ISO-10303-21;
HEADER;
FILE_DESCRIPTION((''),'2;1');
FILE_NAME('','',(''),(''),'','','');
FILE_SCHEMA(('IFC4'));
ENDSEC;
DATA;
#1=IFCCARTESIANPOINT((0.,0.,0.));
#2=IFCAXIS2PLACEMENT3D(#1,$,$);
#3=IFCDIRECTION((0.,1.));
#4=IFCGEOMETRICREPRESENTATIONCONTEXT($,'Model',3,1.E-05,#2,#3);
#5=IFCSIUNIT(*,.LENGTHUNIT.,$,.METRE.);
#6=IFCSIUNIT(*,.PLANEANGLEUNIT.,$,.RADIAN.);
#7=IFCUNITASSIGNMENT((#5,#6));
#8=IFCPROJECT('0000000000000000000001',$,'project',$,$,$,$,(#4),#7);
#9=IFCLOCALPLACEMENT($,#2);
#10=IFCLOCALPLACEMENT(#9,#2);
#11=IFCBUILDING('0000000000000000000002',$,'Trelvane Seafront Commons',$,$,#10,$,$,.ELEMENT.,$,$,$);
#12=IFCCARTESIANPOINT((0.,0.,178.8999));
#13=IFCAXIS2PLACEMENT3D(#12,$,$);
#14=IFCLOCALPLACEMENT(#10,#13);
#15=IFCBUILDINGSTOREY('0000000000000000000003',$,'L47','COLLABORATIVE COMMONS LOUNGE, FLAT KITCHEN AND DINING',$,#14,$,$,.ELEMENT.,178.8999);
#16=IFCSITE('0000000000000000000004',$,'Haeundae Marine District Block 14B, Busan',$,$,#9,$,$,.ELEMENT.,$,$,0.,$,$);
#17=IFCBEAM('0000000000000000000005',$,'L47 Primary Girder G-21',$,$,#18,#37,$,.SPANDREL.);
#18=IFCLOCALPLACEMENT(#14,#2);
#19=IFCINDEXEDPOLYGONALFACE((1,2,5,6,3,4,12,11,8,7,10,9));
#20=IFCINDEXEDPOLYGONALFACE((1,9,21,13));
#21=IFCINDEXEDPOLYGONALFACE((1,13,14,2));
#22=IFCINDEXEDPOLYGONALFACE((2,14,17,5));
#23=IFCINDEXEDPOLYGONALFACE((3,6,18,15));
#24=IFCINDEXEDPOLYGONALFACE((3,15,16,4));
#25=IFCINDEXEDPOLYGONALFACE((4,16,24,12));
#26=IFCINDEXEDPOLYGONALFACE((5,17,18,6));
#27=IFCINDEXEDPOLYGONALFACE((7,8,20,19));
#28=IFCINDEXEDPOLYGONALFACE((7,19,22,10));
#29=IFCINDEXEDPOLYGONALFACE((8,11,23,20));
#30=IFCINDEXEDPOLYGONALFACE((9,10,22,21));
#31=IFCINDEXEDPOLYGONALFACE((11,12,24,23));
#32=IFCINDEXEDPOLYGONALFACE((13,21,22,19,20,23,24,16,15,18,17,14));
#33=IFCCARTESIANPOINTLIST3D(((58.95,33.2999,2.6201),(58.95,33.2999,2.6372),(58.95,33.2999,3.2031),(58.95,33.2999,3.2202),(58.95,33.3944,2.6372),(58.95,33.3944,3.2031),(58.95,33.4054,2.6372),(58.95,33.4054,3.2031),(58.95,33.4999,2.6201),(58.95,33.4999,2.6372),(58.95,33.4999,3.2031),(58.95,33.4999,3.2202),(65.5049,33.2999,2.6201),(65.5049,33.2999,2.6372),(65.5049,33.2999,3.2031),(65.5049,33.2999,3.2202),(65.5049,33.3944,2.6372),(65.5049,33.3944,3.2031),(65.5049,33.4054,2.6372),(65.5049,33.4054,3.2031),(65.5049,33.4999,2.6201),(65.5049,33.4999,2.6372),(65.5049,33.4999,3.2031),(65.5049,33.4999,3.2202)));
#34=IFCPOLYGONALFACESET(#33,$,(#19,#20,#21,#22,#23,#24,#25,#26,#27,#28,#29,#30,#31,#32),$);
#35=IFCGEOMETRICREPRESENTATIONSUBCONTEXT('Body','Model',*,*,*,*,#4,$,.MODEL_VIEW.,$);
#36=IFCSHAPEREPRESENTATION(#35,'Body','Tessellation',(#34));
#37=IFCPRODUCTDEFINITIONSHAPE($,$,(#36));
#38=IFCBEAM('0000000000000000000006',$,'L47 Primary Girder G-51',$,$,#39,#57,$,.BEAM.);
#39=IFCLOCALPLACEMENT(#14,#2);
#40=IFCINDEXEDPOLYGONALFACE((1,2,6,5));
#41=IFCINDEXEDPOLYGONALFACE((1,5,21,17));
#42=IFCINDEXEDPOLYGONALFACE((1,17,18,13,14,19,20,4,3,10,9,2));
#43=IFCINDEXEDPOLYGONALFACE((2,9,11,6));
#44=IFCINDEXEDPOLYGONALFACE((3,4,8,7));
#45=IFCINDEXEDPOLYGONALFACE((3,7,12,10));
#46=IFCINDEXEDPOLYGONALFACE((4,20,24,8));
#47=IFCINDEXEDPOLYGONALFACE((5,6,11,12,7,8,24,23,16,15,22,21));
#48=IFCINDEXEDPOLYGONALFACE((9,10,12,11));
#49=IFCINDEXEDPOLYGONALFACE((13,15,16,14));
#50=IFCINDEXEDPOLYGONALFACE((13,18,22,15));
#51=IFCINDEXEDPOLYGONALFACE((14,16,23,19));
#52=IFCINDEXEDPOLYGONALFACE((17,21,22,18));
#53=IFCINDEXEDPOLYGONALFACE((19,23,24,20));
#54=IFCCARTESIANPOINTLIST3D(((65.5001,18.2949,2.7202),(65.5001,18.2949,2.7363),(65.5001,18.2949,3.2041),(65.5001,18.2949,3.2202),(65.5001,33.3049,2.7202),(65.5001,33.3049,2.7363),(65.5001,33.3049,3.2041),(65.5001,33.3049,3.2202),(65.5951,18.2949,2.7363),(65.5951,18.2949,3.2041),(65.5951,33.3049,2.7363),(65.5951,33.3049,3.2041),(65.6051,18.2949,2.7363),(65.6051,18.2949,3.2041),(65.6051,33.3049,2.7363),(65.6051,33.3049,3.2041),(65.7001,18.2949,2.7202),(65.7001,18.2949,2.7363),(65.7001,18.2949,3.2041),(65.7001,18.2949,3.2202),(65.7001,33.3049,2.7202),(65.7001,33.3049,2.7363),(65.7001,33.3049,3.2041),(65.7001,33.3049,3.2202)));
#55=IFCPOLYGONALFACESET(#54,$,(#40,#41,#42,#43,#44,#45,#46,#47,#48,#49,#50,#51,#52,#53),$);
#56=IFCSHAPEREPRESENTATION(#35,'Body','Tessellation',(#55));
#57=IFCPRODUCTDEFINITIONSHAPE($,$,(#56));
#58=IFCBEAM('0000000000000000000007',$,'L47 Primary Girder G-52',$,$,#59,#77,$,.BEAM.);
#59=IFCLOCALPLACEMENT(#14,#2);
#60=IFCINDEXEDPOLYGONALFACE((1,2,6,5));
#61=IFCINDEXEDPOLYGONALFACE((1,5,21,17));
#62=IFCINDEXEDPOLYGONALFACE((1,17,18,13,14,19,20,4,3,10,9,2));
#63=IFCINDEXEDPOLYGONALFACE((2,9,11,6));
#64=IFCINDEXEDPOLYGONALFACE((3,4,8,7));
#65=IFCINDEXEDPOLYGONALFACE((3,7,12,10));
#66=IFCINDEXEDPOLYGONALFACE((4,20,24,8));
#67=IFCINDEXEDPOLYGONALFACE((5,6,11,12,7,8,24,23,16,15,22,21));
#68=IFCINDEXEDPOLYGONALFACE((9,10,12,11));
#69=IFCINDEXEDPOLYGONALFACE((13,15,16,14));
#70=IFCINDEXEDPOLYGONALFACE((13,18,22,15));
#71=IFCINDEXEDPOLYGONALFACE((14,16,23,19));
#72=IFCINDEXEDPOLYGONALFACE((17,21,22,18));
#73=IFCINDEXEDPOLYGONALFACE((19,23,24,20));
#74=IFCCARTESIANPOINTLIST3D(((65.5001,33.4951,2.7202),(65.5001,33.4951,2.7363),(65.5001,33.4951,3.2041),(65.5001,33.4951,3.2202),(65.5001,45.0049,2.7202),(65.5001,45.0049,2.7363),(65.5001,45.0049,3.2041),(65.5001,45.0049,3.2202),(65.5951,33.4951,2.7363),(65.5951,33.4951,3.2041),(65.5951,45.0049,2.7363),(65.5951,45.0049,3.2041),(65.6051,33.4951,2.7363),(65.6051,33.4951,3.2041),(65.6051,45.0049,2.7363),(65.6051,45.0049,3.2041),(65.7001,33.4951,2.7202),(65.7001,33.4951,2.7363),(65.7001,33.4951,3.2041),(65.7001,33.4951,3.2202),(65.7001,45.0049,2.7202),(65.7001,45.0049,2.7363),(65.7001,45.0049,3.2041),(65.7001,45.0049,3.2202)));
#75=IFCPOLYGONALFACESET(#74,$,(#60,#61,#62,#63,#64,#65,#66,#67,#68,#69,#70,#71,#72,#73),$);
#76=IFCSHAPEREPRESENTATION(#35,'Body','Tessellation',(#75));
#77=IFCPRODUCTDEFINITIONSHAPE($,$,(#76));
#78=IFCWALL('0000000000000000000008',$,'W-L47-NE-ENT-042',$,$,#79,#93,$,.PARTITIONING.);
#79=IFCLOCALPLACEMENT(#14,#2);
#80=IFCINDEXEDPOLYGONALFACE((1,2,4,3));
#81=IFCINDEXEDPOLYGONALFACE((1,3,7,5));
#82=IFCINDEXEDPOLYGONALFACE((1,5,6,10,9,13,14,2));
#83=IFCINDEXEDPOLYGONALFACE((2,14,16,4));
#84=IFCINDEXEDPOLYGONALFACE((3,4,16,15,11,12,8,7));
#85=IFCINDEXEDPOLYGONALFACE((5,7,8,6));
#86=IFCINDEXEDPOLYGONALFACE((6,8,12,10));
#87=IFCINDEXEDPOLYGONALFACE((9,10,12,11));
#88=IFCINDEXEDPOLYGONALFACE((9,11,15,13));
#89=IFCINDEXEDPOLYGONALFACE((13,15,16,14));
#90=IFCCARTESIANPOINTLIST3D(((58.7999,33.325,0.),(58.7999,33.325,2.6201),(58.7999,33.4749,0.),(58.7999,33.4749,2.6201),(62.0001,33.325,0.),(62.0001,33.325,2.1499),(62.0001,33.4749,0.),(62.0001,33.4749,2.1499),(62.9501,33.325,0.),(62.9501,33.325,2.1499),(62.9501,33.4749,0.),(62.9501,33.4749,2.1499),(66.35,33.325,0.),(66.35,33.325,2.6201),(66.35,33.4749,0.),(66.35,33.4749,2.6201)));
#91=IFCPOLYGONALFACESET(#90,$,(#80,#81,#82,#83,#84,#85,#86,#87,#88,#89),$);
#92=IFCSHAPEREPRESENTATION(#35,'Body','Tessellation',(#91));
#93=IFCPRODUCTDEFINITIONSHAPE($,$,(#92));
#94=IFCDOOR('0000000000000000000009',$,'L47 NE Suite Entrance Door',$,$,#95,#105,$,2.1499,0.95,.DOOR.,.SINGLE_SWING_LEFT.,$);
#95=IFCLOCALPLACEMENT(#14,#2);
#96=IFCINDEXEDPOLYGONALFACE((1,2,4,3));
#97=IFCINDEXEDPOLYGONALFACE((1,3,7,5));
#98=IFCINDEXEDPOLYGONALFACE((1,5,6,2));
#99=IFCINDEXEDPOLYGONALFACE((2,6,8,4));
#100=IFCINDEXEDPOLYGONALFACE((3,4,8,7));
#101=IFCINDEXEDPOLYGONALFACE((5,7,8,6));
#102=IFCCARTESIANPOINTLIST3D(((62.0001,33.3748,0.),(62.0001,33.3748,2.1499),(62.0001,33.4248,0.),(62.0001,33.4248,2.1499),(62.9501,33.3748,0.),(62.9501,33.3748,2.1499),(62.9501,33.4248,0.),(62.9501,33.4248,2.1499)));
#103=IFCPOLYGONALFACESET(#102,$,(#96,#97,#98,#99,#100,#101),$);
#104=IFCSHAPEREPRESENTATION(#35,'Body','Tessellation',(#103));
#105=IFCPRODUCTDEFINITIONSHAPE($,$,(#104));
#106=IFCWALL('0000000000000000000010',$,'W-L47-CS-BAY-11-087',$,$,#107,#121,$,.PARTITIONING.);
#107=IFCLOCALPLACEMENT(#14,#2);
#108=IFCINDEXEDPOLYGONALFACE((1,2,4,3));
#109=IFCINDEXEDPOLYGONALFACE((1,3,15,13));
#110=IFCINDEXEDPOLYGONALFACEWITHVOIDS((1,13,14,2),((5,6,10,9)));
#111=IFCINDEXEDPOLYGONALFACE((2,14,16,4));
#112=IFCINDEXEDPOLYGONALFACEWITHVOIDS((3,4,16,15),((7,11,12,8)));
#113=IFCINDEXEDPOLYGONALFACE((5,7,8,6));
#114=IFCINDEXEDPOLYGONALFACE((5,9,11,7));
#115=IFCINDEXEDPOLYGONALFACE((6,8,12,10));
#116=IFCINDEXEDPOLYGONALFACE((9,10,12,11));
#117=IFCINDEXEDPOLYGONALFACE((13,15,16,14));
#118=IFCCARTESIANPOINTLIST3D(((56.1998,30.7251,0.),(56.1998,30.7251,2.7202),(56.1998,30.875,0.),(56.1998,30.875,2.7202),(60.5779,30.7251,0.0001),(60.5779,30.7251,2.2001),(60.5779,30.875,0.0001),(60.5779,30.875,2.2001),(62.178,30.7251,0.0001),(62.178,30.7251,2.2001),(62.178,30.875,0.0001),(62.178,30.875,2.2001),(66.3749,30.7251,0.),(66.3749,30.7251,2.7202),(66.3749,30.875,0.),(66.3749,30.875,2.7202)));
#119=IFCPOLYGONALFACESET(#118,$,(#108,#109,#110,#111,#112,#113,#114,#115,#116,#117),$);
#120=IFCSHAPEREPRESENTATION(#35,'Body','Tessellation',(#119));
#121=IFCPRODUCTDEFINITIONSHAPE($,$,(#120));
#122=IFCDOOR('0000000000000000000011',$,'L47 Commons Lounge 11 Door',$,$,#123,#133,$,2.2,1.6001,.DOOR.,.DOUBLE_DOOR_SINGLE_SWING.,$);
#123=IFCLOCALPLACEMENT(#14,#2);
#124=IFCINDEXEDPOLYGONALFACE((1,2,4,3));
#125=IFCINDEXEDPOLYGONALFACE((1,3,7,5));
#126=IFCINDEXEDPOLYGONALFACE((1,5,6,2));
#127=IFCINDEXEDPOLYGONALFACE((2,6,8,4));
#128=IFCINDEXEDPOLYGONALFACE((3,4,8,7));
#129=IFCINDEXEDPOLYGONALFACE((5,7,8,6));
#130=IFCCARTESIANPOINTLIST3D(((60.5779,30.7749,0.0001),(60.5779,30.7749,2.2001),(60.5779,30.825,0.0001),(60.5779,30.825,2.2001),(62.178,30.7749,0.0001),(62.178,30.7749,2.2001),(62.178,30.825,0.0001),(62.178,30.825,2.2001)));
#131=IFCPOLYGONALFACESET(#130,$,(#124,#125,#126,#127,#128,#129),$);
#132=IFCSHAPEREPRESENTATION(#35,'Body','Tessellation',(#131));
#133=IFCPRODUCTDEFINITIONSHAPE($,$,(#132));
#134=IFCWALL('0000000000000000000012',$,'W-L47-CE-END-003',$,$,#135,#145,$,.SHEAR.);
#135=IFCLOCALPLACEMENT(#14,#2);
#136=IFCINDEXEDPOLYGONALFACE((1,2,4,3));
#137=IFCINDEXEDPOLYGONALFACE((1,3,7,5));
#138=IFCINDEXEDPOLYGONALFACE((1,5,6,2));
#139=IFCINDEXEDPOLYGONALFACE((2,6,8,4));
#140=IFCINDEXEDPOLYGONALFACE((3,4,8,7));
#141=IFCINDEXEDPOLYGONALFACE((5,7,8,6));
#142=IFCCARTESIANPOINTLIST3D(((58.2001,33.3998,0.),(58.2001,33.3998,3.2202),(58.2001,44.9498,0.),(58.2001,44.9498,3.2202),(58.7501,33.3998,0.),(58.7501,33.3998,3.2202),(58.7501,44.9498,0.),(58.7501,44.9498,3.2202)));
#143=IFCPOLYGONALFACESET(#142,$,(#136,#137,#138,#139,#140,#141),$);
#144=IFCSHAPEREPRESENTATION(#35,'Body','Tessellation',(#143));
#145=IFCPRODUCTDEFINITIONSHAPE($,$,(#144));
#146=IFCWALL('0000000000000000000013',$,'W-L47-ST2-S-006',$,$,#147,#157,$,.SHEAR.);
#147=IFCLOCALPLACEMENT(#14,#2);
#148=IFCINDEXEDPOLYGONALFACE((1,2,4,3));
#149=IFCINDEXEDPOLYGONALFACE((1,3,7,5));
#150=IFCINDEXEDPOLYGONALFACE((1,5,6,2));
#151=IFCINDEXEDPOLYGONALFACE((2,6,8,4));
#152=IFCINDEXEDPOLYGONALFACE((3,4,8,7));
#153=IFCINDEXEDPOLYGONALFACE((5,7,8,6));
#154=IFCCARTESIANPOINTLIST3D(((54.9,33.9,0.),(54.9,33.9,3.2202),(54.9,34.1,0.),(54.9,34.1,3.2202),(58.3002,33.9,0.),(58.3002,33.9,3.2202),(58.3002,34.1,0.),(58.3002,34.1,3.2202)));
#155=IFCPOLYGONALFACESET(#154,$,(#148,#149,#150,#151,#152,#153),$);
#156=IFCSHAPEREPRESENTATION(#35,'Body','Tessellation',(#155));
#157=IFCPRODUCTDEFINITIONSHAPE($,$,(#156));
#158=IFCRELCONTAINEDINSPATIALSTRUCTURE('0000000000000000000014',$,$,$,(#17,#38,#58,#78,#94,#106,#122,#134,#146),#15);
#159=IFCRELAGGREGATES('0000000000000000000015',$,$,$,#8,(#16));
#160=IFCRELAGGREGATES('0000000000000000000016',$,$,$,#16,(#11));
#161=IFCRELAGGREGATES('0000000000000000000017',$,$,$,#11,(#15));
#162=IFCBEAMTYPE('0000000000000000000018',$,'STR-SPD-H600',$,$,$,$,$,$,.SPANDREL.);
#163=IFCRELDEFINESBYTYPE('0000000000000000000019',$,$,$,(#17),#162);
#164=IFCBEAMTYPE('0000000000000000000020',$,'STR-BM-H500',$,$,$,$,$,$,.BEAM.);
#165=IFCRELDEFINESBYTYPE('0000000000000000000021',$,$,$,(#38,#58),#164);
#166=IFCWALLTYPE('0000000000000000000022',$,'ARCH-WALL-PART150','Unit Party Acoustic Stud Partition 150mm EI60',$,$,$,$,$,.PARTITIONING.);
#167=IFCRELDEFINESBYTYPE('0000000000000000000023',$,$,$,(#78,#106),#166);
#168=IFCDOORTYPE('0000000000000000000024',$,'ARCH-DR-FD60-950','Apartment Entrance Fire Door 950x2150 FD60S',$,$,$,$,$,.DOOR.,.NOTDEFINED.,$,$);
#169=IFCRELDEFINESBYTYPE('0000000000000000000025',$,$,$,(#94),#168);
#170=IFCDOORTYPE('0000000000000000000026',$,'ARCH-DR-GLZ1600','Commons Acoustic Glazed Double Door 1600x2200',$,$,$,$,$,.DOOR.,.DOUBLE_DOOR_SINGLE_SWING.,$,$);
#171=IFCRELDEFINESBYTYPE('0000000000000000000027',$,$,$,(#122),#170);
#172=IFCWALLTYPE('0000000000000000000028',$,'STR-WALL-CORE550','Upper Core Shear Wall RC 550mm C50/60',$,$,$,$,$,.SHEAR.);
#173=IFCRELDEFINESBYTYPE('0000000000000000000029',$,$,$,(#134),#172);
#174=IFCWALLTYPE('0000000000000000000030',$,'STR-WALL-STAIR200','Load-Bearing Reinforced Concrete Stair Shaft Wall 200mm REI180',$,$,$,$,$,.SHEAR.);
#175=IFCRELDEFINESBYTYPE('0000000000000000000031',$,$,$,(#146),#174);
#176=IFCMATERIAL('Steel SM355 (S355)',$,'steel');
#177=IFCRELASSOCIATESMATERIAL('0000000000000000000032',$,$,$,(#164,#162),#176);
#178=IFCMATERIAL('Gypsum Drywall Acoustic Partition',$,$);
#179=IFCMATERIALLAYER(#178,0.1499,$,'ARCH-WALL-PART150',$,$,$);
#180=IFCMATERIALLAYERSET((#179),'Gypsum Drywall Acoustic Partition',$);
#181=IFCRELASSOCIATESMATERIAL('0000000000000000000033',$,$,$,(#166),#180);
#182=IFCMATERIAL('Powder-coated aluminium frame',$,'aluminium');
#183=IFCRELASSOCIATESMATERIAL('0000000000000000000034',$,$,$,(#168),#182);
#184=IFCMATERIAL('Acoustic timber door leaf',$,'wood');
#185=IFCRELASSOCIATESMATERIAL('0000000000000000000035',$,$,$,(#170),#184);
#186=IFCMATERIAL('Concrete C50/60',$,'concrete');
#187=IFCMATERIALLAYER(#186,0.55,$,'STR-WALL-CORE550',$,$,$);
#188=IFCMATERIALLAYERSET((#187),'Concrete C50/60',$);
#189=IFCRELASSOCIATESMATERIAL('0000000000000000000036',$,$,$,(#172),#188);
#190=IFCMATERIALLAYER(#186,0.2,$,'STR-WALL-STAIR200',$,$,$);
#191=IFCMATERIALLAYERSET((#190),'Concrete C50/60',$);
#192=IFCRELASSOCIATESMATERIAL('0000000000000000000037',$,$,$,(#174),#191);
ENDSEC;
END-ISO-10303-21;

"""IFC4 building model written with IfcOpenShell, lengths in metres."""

from ifc_helpers import new_model, si_unit, direction, frame, frame_2d, origin, origin_2d, place, context, subcontext, project, spatial, rectangle, i_section, extrude, source, transform, mapped, material, layer, layer_set, material_profile, profile_set, type_object, element, fill, save


model = new_model("IFC4")

# Units and contexts
model_context = context("Model", 3, precision=1e-05, world=origin(), true_north=direction((0.0, 1.0)))
body_context = subcontext(model_context, "Body", "Model", "MODEL_VIEW")
ifc_project = project(units=[si_unit("LENGTHUNIT", "METRE"), si_unit("PLANEANGLEUNIT", "RADIAN")], contexts=[model_context])

# Site, building, storey
site_placement = place(None, origin())
site = spatial("IfcSite", under=ifc_project, at=site_placement, Name="Haeundae Marine District Block 14B, Busan", CompositionType="ELEMENT", RefElevation=0.0)
building_placement = place(site_placement, origin())
building = spatial("IfcBuilding", under=site, at=building_placement, Name="Trelvane Seafront Commons", CompositionType="ELEMENT")
storey_placement = place(building_placement, frame((0.0, 0.0, 178.8999)))
storey = spatial("IfcBuildingStorey", under=building, at=storey_placement, Name="L47", Description="COLLABORATIVE COMMONS LOUNGE, FLAT KITCHEN AND DINING", CompositionType="ELEMENT", Elevation=178.8999)

# Shared definitions
ifc_material_1 = material(Name="Steel SM355 (S355)", Category="steel")
ifc_material_2 = material(Name="Concrete C50/60", Category="concrete")

# Beams
ifc_material_profile_1 = material_profile(ifc_material_1, i_section(OverallWidth=0.2, OverallDepth=0.5, WebThickness=0.01, FlangeThickness=0.0161, at=origin_2d()), Name="H-500x200x10x16")
ifc_profile_set_1 = profile_set([ifc_material_profile_1], Name="Steel SM355 (S355)")
beam_type_1 = type_object("IfcBeamType", Name="STR-BM-H500", PredefinedType="BEAM", material=ifc_profile_set_1)
ifc_material_profile_2 = material_profile(ifc_material_1, i_section(OverallWidth=0.2, OverallDepth=0.6001, WebThickness=0.011, FlangeThickness=0.0171, at=origin_2d()), Name="H-600x200x11x17")
ifc_profile_set_2 = profile_set([ifc_material_profile_2], Name="Steel SM355 (S355)")
beam_type_2 = type_object("IfcBeamType", Name="STR-SPD-H600", PredefinedType="SPANDREL", material=ifc_profile_set_2)
shared_shape_1 = source(origin(), body_context, "Body", "SweptSolid", [
    extrude(i_section(OverallWidth=0.2, OverallDepth=0.6001, WebThickness=0.011, FlangeThickness=0.0171, at=origin_2d()), origin(), (0.0, 0.0, 1.0), 6.5549),
])
for number, where, z_axis, x_axis, name in (
    (1, (58.95, 33.3999, 2.9202), (1.0, 0.0, 0.0), (0.0, 1.0, 0.0), "L47 Primary Girder G-21"),
):
    element("IfcBeam", number, at=place(storey_placement, frame(where, z_axis=z_axis, x_axis=x_axis)), inside=storey, type_object=beam_type_2, Name=name, PredefinedType="SPANDREL", context=body_context, shape_type="MappedRepresentation", body=[
        mapped(shared_shape_1, transform((0.0, 0.0, 0.0), x_axis=(1.0, 0.0, 0.0), y_axis=(0.0, 1.0, 0.0), z_axis=(0.0, 0.0, 1.0), scale=1.0)),
    ])
shared_shape_2 = source(origin(), body_context, "Body", "SweptSolid", [
    extrude(i_section(OverallWidth=0.2, OverallDepth=0.5, WebThickness=0.01, FlangeThickness=0.0161, at=origin_2d()), origin(), (0.0, 0.0, 1.0), 15.01),
])
beam_1_placement = place(storey_placement, frame((65.6001, 18.2949, 2.9702), z_axis=(0.0, 1.0, 0.0), x_axis=(-1.0, 0.0, 0.0)))
element("IfcBeam", 2, at=beam_1_placement, inside=storey, type_object=beam_type_1, Name="L47 Primary Girder G-51", PredefinedType="BEAM", context=body_context, shape_type="MappedRepresentation", body=[
    mapped(shared_shape_2, transform((0.0, 0.0, 0.0), x_axis=(1.0, 0.0, 0.0), y_axis=(0.0, 1.0, 0.0), z_axis=(0.0, 0.0, 1.0), scale=1.0)),
])
shared_shape_3 = source(origin(), body_context, "Body", "SweptSolid", [
    extrude(i_section(OverallWidth=0.2, OverallDepth=0.5, WebThickness=0.01, FlangeThickness=0.0161, at=origin_2d()), origin(), (0.0, 0.0, 1.0), 11.5098),
])
beam_2_placement = place(storey_placement, frame((65.6001, 33.4951, 2.9702), z_axis=(0.0, 1.0, 0.0), x_axis=(-1.0, 0.0, 0.0)))
element("IfcBeam", 3, at=beam_2_placement, inside=storey, type_object=beam_type_1, Name="L47 Primary Girder G-52", PredefinedType="BEAM", context=body_context, shape_type="MappedRepresentation", body=[
    mapped(shared_shape_3, transform((0.0, 0.0, 0.0), x_axis=(1.0, 0.0, 0.0), y_axis=(0.0, 1.0, 0.0), z_axis=(0.0, 0.0, 1.0), scale=1.0)),
])

# Walls, openings, doors
ifc_material_3 = material(Name="Gypsum Drywall Acoustic Partition")
ifc_layer_1 = layer(ifc_material_3, 0.1499, Name="ARCH-WALL-PART150")
ifc_layer_set_1 = layer_set([ifc_layer_1], Name="Gypsum Drywall Acoustic Partition")
wall_type_1 = type_object("IfcWallType", Name="ARCH-WALL-PART150", Description="Unit Party Acoustic Stud Partition 150mm EI60", PredefinedType="PARTITIONING", material=ifc_layer_set_1)
wall_1_placement = place(storey_placement, frame((58.8, 33.3999, 0.0), z_axis=(0.0, 0.0, 1.0), x_axis=(1.0, 0.0, 0.0)))
wall_1 = element("IfcWall", 4, at=wall_1_placement, inside=storey, type_object=wall_type_1, Name="W-L47-NE-ENT-042", PredefinedType="PARTITIONING", context=body_context, shape_type="SweptSolid", body=[
    extrude(rectangle(XDim=7.55, YDim=0.1499, at=frame_2d((3.7749, 0.0))), origin(), (0.0, 0.0, 1.0), 2.6201),
])
opening_1_placement = place(wall_1_placement, frame((3.2, 0.0, 0.0)))
opening_1 = element("IfcOpeningElement", 5, at=opening_1_placement, cuts=wall_1, PredefinedType="OPENING", context=body_context, shape_type="SweptSolid", body=[
    extrude(rectangle(XDim=0.95, YDim=2.1499, at=frame_2d((0.4751, 1.075))), frame((0.0, 0.085, 0.0), z_axis=(0.0, -1.0, 0.0), x_axis=(1.0, 0.0, 0.0)), (0.0, 0.0, 1.0), 0.1699),
])
ifc_material_4 = material(Name="Powder-coated aluminium frame", Category="aluminium")
door_type_1 = type_object("IfcDoorType", Name="ARCH-DR-FD60-950", Description="Apartment Entrance Fire Door 950x2150 FD60S", OperationType="NOTDEFINED", PredefinedType="DOOR", material=ifc_material_4)
shared_shape_4 = source(origin(), body_context, "Body", "SweptSolid", [
    extrude(rectangle(XDim=0.95, YDim=2.1499, at=frame_2d((0.4751, 1.075))), frame((0.0, 0.0249, 0.0), z_axis=(0.0, -1.0, 0.0), x_axis=(1.0, 0.0, 0.0)), (0.0, 0.0, 1.0), 0.05),
])
door_1_placement = place(opening_1_placement, origin())
door_1 = element("IfcDoor", 6, at=door_1_placement, inside=storey, type_object=door_type_1, Name="L47 NE Suite Entrance Door", OperationType="SINGLE_SWING_LEFT", OverallHeight=2.1499, OverallWidth=0.95, PredefinedType="DOOR", context=body_context, shape_type="MappedRepresentation", body=[
    mapped(shared_shape_4, transform((0.0, 0.0, 0.0), x_axis=(1.0, 0.0, 0.0), y_axis=(0.0, 1.0, 0.0), z_axis=(0.0, 0.0, 1.0), scale=1.0)),
])
fill(opening_1, door_1)
wall_2_placement = place(storey_placement, frame((56.2, 30.8, 0.0), z_axis=(0.0, 0.0, 1.0), x_axis=(1.0, 0.0, 0.0)))
wall_2 = element("IfcWall", 7, at=wall_2_placement, inside=storey, type_object=wall_type_1, Name="W-L47-CS-BAY-11-087", PredefinedType="PARTITIONING", context=body_context, shape_type="SweptSolid", body=[
    extrude(rectangle(XDim=10.175, YDim=0.1499, at=frame_2d((5.0874, 0.0))), origin(), (0.0, 0.0, 1.0), 2.7202),
])
opening_2_placement = place(wall_2_placement, frame((4.3779, 0.0, 0.0)))
opening_2 = element("IfcOpeningElement", 8, at=opening_2_placement, cuts=wall_2, PredefinedType="OPENING", context=body_context, shape_type="SweptSolid", body=[
    extrude(rectangle(XDim=1.6001, YDim=2.2, at=frame_2d((0.8, 1.1001))), frame((0.0, 0.085, 0.0), z_axis=(0.0, -1.0, 0.0), x_axis=(1.0, 0.0, 0.0)), (0.0, 0.0, 1.0), 0.1699),
])
ifc_material_5 = material(Name="Acoustic timber door leaf", Category="wood")
door_type_2 = type_object("IfcDoorType", Name="ARCH-DR-GLZ1600", Description="Commons Acoustic Glazed Double Door 1600x2200", OperationType="DOUBLE_DOOR_SINGLE_SWING", PredefinedType="DOOR", material=ifc_material_5)
shared_shape_5 = source(origin(), body_context, "Body", "SweptSolid", [
    extrude(rectangle(XDim=1.6001, YDim=2.2, at=frame_2d((0.8, 1.1001))), frame((0.0, 0.0249, 0.0), z_axis=(0.0, -1.0, 0.0), x_axis=(1.0, 0.0, 0.0)), (0.0, 0.0, 1.0), 0.05),
])
door_2_placement = place(opening_2_placement, origin())
door_2 = element("IfcDoor", 9, at=door_2_placement, inside=storey, type_object=door_type_2, Name="L47 Commons Lounge 11 Door", OperationType="DOUBLE_DOOR_SINGLE_SWING", OverallHeight=2.2, OverallWidth=1.6001, PredefinedType="DOOR", context=body_context, shape_type="MappedRepresentation", body=[
    mapped(shared_shape_5, transform((0.0, 0.0, 0.0), x_axis=(1.0, 0.0, 0.0), y_axis=(0.0, 1.0, 0.0), z_axis=(0.0, 0.0, 1.0), scale=1.0)),
])
fill(opening_2, door_2)

# Walls
ifc_layer_2 = layer(ifc_material_2, 0.55, Name="STR-WALL-CORE550")
ifc_layer_set_2 = layer_set([ifc_layer_2], Name="Concrete C50/60")
wall_type_2 = type_object("IfcWallType", Name="STR-WALL-CORE550", Description="Upper Core Shear Wall RC 550mm C50/60", PredefinedType="SHEAR", material=ifc_layer_set_2)
wall_3_placement = place(storey_placement, frame((58.4751, 33.3999, 0.0), z_axis=(0.0, 0.0, 1.0), x_axis=(0.0, 1.0, 0.0)))
element("IfcWall", 10, at=wall_3_placement, inside=storey, type_object=wall_type_2, Name="W-L47-CE-END-003", PredefinedType="SHEAR", context=body_context, shape_type="SweptSolid", body=[
    extrude(rectangle(XDim=11.55, YDim=0.55, at=frame_2d((5.7749, 0.0))), origin(), (0.0, 0.0, 1.0), 3.2202),
])
ifc_layer_3 = layer(ifc_material_2, 0.2, Name="STR-WALL-STAIR200")
ifc_layer_set_3 = layer_set([ifc_layer_3], Name="Concrete C50/60")
wall_type_3 = type_object("IfcWallType", Name="STR-WALL-STAIR200", Description="Load-Bearing Reinforced Concrete Stair Shaft Wall 200mm REI180", PredefinedType="SHEAR", material=ifc_layer_set_3)
wall_4_placement = place(storey_placement, frame((54.8999, 34.0, 0.0), z_axis=(0.0, 0.0, 1.0), x_axis=(1.0, 0.0, 0.0)))
element("IfcWall", 11, at=wall_4_placement, inside=storey, type_object=wall_type_3, Name="W-L47-ST2-S-006", PredefinedType="SHEAR", context=body_context, shape_type="SweptSolid", body=[
    extrude(rectangle(XDim=3.4001, YDim=0.2, at=frame_2d((1.7002, 0.0))), origin(), (0.0, 0.0, 1.0), 3.2202),
])

save(model, "model.ifc")
